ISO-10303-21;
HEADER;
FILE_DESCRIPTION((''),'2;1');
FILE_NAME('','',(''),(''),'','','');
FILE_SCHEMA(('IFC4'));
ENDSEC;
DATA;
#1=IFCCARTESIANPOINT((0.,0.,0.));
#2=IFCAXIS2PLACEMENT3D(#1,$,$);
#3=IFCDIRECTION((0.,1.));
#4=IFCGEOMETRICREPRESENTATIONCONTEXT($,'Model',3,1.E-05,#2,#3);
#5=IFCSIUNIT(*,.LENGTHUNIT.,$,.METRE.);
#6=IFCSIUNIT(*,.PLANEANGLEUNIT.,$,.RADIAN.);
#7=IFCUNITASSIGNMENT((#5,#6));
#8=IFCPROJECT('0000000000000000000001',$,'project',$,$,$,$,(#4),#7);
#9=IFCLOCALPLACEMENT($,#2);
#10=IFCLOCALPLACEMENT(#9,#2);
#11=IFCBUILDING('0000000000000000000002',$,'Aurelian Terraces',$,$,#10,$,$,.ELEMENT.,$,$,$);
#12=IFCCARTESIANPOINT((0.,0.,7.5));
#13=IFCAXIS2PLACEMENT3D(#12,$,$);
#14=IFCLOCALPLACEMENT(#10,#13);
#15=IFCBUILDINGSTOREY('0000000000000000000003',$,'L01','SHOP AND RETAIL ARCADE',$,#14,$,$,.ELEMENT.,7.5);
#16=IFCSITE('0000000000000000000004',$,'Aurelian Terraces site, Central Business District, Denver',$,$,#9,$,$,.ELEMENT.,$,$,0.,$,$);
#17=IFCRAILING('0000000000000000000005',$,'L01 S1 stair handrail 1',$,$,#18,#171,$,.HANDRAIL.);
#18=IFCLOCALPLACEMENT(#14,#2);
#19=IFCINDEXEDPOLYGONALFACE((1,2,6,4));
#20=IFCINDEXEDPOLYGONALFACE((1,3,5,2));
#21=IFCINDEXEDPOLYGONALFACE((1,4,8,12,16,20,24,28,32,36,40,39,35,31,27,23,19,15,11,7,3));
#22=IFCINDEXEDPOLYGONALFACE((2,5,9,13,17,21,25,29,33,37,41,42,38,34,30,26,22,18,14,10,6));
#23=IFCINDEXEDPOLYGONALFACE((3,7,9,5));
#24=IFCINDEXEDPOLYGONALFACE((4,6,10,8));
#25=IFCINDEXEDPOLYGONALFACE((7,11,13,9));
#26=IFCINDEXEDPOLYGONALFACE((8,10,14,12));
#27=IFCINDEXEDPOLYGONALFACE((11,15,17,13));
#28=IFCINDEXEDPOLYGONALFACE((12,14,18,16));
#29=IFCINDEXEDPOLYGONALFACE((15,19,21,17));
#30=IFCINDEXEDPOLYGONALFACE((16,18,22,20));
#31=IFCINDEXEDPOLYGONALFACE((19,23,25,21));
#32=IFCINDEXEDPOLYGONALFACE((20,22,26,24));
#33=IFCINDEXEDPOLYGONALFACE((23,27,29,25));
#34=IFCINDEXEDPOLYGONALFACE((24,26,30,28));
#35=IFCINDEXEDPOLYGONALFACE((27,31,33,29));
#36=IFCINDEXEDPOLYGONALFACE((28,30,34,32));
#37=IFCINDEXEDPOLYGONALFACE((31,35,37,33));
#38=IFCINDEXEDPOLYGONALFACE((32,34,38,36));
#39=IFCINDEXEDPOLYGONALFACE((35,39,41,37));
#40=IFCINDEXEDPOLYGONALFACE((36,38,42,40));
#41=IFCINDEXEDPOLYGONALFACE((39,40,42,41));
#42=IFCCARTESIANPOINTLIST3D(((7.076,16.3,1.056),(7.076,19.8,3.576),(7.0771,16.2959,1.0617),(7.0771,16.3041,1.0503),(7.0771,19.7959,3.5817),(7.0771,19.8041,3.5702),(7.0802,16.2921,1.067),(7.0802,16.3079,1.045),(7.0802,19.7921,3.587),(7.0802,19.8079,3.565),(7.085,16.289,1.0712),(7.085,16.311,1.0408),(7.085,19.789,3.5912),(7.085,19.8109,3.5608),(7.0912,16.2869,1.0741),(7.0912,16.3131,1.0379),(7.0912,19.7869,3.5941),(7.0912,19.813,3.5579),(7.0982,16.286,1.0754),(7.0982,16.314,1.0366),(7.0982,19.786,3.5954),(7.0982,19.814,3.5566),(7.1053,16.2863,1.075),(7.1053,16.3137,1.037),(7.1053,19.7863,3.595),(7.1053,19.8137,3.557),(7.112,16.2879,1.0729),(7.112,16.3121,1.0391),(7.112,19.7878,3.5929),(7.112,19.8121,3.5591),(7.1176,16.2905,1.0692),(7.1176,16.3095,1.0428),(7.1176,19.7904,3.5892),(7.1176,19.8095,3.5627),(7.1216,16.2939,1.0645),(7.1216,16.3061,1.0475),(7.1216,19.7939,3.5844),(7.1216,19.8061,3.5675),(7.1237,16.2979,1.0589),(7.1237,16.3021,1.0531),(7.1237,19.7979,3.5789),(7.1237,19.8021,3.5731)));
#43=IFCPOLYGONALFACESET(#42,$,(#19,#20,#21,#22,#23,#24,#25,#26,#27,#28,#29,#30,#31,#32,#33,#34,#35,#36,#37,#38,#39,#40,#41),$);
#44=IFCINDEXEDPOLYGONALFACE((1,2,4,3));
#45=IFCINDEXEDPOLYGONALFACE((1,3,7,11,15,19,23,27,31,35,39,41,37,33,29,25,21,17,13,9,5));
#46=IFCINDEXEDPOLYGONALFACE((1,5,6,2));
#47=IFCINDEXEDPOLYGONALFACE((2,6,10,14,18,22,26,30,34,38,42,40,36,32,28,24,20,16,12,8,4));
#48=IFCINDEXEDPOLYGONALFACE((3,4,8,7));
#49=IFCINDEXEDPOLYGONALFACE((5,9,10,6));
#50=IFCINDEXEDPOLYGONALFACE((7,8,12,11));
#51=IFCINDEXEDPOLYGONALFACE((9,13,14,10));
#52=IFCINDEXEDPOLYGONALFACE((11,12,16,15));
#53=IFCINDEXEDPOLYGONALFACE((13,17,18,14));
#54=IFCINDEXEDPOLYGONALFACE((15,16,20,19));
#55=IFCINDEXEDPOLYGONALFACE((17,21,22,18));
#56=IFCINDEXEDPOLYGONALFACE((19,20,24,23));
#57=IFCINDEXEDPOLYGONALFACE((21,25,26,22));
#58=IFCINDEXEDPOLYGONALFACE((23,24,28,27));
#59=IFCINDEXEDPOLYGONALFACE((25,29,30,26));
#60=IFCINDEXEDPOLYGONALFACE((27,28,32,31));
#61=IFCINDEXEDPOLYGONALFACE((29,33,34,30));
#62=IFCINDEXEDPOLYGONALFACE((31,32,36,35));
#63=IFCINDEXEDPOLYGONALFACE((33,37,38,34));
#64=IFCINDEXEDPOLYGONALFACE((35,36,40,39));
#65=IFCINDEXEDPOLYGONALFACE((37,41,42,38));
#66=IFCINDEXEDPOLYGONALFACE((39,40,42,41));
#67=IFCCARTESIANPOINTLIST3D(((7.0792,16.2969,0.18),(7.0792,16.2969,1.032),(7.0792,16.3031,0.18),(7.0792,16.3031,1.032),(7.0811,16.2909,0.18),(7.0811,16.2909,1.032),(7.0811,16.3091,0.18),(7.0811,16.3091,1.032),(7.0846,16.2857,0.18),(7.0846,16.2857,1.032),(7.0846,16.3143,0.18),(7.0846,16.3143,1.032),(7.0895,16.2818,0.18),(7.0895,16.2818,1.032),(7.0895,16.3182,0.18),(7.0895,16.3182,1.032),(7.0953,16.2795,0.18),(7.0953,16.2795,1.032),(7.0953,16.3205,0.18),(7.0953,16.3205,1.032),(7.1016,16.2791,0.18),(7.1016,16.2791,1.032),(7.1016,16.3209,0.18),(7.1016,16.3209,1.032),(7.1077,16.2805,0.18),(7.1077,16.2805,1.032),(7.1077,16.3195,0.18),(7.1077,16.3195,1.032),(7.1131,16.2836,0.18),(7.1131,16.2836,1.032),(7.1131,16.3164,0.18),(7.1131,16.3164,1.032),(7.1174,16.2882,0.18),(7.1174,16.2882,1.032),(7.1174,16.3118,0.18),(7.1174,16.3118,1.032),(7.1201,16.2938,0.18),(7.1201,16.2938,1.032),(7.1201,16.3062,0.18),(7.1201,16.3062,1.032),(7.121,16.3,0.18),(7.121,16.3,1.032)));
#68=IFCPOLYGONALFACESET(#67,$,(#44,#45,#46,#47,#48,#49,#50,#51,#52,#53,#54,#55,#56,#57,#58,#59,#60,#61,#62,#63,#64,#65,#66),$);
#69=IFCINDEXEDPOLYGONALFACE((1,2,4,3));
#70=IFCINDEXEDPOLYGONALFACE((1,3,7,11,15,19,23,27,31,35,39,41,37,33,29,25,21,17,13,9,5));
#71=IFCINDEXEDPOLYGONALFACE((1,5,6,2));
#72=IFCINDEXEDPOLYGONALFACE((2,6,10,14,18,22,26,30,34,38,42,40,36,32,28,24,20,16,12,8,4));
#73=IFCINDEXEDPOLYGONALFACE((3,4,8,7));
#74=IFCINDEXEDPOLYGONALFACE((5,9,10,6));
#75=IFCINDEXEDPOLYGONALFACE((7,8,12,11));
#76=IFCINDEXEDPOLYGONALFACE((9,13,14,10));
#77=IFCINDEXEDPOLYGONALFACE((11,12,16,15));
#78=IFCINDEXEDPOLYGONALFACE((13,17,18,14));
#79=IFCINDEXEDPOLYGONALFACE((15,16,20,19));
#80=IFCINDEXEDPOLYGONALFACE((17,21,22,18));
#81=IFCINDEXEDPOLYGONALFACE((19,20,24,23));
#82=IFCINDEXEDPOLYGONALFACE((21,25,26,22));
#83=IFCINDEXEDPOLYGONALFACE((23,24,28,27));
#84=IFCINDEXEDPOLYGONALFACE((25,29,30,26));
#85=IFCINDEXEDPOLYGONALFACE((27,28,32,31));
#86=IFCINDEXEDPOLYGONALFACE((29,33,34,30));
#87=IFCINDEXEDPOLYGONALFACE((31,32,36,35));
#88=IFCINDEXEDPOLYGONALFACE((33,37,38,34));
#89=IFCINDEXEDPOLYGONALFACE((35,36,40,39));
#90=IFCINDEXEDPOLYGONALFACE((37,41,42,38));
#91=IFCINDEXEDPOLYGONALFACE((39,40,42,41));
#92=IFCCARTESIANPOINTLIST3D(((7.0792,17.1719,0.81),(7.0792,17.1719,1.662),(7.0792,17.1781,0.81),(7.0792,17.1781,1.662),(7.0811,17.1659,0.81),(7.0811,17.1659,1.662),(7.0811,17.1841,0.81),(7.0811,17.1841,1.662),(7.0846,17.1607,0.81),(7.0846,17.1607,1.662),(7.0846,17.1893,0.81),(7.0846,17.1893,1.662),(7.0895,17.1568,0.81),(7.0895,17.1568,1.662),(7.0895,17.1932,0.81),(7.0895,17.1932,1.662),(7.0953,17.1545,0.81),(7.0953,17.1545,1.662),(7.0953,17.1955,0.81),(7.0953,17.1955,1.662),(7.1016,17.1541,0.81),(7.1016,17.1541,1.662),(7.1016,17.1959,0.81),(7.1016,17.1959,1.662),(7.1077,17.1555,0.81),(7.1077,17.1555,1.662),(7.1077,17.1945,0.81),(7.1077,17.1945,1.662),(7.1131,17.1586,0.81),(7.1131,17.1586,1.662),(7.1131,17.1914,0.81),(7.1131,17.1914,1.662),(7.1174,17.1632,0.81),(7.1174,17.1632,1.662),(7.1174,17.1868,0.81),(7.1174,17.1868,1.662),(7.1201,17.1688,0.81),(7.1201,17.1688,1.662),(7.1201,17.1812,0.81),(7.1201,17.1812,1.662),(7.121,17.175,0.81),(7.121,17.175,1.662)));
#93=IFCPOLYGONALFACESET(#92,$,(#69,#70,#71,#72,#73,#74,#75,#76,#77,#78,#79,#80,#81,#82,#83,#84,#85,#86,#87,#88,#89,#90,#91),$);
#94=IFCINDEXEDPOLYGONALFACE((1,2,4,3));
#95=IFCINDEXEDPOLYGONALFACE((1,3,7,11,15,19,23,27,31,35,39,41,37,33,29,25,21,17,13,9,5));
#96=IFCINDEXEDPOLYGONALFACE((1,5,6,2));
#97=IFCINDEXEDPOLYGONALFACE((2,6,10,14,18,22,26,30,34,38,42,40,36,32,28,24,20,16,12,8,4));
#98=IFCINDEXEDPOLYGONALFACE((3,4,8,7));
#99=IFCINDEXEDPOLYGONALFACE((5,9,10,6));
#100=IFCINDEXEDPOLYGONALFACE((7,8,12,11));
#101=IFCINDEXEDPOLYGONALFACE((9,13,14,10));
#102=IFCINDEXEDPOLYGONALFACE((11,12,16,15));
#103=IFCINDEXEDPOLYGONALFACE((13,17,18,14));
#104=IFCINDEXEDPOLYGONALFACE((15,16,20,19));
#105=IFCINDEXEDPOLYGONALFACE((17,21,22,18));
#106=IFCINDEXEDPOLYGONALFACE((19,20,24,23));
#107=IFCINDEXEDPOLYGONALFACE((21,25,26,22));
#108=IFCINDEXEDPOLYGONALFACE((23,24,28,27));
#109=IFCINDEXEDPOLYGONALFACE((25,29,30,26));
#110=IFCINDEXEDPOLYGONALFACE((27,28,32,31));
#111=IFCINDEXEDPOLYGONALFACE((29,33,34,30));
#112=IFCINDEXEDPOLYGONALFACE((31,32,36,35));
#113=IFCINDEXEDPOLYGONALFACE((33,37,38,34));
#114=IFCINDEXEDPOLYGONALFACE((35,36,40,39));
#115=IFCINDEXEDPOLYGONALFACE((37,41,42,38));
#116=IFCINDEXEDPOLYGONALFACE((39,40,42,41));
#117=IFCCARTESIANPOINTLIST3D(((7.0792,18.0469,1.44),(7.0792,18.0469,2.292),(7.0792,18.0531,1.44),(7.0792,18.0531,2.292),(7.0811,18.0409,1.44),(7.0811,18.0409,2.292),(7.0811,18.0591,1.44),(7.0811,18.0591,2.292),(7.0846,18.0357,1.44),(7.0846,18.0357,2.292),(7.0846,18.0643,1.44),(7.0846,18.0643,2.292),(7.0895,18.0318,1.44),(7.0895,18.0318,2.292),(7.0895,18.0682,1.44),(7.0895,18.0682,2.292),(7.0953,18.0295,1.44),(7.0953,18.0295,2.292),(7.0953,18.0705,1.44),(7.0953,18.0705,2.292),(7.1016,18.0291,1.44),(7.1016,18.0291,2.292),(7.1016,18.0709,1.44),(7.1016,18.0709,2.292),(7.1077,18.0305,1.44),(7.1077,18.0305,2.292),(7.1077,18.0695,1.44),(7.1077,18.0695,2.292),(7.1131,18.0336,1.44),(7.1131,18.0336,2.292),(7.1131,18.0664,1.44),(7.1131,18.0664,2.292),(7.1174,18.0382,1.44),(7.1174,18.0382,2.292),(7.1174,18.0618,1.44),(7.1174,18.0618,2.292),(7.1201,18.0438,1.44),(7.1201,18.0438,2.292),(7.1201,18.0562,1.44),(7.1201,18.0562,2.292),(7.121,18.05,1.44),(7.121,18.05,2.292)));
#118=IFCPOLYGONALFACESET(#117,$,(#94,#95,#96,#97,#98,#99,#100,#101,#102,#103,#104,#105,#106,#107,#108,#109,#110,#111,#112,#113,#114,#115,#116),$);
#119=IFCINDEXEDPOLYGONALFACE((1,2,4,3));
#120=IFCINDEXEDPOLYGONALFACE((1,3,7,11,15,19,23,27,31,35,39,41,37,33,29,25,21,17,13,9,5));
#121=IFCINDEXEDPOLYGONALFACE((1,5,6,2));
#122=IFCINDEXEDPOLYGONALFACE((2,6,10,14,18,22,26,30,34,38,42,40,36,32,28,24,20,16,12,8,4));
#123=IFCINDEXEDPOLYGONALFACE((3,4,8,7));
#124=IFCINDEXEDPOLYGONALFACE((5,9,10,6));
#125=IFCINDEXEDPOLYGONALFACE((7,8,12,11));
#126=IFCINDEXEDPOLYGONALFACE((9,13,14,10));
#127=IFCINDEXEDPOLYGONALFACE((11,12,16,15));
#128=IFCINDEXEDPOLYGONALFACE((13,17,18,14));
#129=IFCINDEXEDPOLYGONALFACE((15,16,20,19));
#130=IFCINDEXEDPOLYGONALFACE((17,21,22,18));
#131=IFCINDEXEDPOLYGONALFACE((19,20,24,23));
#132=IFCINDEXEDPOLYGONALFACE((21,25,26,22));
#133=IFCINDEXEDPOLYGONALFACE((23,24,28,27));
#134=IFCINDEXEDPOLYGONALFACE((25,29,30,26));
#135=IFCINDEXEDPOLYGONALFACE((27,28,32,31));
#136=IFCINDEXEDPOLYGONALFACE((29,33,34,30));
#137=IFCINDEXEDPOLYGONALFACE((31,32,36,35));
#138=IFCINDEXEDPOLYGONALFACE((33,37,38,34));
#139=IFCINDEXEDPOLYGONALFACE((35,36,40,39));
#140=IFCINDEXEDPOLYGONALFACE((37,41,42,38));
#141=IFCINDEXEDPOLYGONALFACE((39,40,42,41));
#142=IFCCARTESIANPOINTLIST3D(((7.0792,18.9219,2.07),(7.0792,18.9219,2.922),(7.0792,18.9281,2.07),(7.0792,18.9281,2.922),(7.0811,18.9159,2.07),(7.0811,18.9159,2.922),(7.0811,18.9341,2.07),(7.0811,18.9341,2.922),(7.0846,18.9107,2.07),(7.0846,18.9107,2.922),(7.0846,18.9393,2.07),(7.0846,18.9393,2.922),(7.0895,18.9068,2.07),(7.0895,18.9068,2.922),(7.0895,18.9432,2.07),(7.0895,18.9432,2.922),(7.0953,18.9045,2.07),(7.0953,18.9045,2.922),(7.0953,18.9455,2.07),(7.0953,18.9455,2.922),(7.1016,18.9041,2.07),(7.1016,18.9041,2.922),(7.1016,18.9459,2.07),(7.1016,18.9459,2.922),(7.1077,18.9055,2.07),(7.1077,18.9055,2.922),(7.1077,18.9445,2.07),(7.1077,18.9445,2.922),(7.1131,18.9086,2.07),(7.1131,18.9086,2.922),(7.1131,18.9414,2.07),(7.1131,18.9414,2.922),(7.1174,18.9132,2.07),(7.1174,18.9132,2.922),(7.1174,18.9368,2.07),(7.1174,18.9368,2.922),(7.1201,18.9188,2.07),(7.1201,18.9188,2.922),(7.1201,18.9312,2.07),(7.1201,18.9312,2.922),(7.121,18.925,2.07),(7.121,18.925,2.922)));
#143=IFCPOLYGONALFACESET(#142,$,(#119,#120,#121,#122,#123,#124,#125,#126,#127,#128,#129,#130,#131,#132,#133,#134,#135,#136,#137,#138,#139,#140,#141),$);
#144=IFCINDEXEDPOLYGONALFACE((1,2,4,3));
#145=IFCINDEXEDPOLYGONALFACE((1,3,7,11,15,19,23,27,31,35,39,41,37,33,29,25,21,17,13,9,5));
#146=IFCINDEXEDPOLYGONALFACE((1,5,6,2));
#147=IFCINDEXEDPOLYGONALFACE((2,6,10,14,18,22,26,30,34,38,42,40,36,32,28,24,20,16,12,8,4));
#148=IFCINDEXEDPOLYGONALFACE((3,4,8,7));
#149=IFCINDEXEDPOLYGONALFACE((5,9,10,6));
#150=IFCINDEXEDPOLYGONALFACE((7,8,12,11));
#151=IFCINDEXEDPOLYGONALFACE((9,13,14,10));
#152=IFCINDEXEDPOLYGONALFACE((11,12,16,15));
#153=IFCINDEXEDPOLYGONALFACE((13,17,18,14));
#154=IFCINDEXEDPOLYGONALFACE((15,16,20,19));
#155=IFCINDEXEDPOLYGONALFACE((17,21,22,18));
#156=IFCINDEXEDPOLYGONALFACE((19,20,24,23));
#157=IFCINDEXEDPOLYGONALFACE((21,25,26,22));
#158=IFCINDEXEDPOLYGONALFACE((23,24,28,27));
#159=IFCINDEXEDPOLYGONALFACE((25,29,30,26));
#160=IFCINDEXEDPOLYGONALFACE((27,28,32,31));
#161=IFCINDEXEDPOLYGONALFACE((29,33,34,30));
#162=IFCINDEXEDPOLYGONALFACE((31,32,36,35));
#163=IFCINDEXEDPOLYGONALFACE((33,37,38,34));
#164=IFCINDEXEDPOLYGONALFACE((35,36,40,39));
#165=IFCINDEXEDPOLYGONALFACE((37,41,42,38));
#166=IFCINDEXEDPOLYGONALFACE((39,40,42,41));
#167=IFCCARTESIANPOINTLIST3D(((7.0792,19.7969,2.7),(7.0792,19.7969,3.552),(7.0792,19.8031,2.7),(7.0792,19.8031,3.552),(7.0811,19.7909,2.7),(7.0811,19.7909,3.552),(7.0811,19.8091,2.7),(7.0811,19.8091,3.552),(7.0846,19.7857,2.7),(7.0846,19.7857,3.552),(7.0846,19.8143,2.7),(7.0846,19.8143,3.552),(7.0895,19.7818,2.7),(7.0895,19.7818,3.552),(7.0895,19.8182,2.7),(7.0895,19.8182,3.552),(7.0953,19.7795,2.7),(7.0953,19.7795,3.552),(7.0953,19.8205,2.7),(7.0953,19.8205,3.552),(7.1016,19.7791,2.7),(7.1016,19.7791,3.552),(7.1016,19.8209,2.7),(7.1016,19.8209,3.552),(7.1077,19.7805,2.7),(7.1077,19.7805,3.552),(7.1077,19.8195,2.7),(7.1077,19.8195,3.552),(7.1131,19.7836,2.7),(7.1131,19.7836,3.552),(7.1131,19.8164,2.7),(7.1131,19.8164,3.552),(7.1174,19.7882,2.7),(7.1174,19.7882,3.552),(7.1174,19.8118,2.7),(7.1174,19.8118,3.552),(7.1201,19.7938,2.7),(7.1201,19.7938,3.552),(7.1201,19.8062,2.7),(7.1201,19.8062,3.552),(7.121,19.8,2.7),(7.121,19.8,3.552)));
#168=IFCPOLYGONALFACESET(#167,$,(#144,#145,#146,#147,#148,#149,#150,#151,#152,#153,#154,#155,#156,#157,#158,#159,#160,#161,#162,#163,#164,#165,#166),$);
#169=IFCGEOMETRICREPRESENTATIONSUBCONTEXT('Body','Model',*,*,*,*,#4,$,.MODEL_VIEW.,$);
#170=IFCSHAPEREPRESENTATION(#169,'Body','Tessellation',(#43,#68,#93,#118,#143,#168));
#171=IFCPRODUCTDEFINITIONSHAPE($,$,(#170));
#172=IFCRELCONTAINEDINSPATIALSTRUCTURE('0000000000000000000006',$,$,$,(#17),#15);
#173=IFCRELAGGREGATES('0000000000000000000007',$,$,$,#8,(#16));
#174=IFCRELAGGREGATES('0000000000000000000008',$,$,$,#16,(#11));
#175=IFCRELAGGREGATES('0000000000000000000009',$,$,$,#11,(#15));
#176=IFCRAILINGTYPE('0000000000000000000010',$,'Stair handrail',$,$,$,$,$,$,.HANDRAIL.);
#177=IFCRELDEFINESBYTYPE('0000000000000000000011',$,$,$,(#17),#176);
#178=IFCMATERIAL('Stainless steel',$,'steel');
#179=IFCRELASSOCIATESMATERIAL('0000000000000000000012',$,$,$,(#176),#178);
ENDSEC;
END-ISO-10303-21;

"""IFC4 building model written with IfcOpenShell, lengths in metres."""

from ifc_helpers import new_model, si_unit, direction, frame, origin, origin_2d, place, context, subcontext, project, spatial, circle, extrude, material, type_object, element, save


model = new_model("IFC4")

# Units and contexts
model_context = context("Model", 3, precision=1e-05, world=origin(), true_north=direction((0.0, 1.0)))
body_context = subcontext(model_context, "Body", "Model", "MODEL_VIEW")
ifc_project = project(units=[si_unit("LENGTHUNIT", "METRE"), si_unit("PLANEANGLEUNIT", "RADIAN")], contexts=[model_context])

# Site, building, storey
site_placement = place(None, origin())
site = spatial("IfcSite", under=ifc_project, at=site_placement, Name="Aurelian Terraces site, Central Business District, Denver", CompositionType="ELEMENT", RefElevation=0.0)
building_placement = place(site_placement, origin())
building = spatial("IfcBuilding", under=site, at=building_placement, Name="Aurelian Terraces", CompositionType="ELEMENT")
storey_placement = place(building_placement, frame((0.0, 0.0, 7.5)))
storey = spatial("IfcBuildingStorey", under=building, at=storey_placement, Name="L01", Description="SHOP AND RETAIL ARCADE", CompositionType="ELEMENT", Elevation=7.5)

# Shared definitions
ifc_material_1 = material(Name="Stainless steel", Category="steel")

# Railing
railing_type_1 = type_object("IfcRailingType", Name="Stair handrail", PredefinedType="HANDRAIL", material=ifc_material_1)
railing_1_placement = place(storey_placement, frame((7.1, 16.3, 0.18)))
element("IfcRailing", 1, at=railing_1_placement, inside=storey, type_object=railing_type_1, Name="L01 S1 stair handrail 1", PredefinedType="HANDRAIL", context=body_context, shape_type="SweptSolid", body=[
    extrude(circle(Radius=0.024, at=origin_2d()), frame((0.0, 0.0, 0.876), z_axis=(0.0, 0.811534, 0.584305), x_axis=(-1.0, 0.0, 0.0)), (0.0, 0.0, 1.0), 4.3128),
    extrude(circle(Radius=0.021, at=origin_2d()), origin(), (0.0, 0.0, 1.0), 0.852),
    extrude(circle(Radius=0.021, at=origin_2d()), frame((0.0, 0.875, 0.63)), (0.0, 0.0, 1.0), 0.852),
    extrude(circle(Radius=0.021, at=origin_2d()), frame((0.0, 1.75, 1.26)), (0.0, 0.0, 1.0), 0.852),
    extrude(circle(Radius=0.021, at=origin_2d()), frame((0.0, 2.625, 1.89)), (0.0, 0.0, 1.0), 0.852),
    extrude(circle(Radius=0.021, at=origin_2d()), frame((0.0, 3.5, 2.52)), (0.0, 0.0, 1.0), 0.852),
])

save(model, "model.ifc")
